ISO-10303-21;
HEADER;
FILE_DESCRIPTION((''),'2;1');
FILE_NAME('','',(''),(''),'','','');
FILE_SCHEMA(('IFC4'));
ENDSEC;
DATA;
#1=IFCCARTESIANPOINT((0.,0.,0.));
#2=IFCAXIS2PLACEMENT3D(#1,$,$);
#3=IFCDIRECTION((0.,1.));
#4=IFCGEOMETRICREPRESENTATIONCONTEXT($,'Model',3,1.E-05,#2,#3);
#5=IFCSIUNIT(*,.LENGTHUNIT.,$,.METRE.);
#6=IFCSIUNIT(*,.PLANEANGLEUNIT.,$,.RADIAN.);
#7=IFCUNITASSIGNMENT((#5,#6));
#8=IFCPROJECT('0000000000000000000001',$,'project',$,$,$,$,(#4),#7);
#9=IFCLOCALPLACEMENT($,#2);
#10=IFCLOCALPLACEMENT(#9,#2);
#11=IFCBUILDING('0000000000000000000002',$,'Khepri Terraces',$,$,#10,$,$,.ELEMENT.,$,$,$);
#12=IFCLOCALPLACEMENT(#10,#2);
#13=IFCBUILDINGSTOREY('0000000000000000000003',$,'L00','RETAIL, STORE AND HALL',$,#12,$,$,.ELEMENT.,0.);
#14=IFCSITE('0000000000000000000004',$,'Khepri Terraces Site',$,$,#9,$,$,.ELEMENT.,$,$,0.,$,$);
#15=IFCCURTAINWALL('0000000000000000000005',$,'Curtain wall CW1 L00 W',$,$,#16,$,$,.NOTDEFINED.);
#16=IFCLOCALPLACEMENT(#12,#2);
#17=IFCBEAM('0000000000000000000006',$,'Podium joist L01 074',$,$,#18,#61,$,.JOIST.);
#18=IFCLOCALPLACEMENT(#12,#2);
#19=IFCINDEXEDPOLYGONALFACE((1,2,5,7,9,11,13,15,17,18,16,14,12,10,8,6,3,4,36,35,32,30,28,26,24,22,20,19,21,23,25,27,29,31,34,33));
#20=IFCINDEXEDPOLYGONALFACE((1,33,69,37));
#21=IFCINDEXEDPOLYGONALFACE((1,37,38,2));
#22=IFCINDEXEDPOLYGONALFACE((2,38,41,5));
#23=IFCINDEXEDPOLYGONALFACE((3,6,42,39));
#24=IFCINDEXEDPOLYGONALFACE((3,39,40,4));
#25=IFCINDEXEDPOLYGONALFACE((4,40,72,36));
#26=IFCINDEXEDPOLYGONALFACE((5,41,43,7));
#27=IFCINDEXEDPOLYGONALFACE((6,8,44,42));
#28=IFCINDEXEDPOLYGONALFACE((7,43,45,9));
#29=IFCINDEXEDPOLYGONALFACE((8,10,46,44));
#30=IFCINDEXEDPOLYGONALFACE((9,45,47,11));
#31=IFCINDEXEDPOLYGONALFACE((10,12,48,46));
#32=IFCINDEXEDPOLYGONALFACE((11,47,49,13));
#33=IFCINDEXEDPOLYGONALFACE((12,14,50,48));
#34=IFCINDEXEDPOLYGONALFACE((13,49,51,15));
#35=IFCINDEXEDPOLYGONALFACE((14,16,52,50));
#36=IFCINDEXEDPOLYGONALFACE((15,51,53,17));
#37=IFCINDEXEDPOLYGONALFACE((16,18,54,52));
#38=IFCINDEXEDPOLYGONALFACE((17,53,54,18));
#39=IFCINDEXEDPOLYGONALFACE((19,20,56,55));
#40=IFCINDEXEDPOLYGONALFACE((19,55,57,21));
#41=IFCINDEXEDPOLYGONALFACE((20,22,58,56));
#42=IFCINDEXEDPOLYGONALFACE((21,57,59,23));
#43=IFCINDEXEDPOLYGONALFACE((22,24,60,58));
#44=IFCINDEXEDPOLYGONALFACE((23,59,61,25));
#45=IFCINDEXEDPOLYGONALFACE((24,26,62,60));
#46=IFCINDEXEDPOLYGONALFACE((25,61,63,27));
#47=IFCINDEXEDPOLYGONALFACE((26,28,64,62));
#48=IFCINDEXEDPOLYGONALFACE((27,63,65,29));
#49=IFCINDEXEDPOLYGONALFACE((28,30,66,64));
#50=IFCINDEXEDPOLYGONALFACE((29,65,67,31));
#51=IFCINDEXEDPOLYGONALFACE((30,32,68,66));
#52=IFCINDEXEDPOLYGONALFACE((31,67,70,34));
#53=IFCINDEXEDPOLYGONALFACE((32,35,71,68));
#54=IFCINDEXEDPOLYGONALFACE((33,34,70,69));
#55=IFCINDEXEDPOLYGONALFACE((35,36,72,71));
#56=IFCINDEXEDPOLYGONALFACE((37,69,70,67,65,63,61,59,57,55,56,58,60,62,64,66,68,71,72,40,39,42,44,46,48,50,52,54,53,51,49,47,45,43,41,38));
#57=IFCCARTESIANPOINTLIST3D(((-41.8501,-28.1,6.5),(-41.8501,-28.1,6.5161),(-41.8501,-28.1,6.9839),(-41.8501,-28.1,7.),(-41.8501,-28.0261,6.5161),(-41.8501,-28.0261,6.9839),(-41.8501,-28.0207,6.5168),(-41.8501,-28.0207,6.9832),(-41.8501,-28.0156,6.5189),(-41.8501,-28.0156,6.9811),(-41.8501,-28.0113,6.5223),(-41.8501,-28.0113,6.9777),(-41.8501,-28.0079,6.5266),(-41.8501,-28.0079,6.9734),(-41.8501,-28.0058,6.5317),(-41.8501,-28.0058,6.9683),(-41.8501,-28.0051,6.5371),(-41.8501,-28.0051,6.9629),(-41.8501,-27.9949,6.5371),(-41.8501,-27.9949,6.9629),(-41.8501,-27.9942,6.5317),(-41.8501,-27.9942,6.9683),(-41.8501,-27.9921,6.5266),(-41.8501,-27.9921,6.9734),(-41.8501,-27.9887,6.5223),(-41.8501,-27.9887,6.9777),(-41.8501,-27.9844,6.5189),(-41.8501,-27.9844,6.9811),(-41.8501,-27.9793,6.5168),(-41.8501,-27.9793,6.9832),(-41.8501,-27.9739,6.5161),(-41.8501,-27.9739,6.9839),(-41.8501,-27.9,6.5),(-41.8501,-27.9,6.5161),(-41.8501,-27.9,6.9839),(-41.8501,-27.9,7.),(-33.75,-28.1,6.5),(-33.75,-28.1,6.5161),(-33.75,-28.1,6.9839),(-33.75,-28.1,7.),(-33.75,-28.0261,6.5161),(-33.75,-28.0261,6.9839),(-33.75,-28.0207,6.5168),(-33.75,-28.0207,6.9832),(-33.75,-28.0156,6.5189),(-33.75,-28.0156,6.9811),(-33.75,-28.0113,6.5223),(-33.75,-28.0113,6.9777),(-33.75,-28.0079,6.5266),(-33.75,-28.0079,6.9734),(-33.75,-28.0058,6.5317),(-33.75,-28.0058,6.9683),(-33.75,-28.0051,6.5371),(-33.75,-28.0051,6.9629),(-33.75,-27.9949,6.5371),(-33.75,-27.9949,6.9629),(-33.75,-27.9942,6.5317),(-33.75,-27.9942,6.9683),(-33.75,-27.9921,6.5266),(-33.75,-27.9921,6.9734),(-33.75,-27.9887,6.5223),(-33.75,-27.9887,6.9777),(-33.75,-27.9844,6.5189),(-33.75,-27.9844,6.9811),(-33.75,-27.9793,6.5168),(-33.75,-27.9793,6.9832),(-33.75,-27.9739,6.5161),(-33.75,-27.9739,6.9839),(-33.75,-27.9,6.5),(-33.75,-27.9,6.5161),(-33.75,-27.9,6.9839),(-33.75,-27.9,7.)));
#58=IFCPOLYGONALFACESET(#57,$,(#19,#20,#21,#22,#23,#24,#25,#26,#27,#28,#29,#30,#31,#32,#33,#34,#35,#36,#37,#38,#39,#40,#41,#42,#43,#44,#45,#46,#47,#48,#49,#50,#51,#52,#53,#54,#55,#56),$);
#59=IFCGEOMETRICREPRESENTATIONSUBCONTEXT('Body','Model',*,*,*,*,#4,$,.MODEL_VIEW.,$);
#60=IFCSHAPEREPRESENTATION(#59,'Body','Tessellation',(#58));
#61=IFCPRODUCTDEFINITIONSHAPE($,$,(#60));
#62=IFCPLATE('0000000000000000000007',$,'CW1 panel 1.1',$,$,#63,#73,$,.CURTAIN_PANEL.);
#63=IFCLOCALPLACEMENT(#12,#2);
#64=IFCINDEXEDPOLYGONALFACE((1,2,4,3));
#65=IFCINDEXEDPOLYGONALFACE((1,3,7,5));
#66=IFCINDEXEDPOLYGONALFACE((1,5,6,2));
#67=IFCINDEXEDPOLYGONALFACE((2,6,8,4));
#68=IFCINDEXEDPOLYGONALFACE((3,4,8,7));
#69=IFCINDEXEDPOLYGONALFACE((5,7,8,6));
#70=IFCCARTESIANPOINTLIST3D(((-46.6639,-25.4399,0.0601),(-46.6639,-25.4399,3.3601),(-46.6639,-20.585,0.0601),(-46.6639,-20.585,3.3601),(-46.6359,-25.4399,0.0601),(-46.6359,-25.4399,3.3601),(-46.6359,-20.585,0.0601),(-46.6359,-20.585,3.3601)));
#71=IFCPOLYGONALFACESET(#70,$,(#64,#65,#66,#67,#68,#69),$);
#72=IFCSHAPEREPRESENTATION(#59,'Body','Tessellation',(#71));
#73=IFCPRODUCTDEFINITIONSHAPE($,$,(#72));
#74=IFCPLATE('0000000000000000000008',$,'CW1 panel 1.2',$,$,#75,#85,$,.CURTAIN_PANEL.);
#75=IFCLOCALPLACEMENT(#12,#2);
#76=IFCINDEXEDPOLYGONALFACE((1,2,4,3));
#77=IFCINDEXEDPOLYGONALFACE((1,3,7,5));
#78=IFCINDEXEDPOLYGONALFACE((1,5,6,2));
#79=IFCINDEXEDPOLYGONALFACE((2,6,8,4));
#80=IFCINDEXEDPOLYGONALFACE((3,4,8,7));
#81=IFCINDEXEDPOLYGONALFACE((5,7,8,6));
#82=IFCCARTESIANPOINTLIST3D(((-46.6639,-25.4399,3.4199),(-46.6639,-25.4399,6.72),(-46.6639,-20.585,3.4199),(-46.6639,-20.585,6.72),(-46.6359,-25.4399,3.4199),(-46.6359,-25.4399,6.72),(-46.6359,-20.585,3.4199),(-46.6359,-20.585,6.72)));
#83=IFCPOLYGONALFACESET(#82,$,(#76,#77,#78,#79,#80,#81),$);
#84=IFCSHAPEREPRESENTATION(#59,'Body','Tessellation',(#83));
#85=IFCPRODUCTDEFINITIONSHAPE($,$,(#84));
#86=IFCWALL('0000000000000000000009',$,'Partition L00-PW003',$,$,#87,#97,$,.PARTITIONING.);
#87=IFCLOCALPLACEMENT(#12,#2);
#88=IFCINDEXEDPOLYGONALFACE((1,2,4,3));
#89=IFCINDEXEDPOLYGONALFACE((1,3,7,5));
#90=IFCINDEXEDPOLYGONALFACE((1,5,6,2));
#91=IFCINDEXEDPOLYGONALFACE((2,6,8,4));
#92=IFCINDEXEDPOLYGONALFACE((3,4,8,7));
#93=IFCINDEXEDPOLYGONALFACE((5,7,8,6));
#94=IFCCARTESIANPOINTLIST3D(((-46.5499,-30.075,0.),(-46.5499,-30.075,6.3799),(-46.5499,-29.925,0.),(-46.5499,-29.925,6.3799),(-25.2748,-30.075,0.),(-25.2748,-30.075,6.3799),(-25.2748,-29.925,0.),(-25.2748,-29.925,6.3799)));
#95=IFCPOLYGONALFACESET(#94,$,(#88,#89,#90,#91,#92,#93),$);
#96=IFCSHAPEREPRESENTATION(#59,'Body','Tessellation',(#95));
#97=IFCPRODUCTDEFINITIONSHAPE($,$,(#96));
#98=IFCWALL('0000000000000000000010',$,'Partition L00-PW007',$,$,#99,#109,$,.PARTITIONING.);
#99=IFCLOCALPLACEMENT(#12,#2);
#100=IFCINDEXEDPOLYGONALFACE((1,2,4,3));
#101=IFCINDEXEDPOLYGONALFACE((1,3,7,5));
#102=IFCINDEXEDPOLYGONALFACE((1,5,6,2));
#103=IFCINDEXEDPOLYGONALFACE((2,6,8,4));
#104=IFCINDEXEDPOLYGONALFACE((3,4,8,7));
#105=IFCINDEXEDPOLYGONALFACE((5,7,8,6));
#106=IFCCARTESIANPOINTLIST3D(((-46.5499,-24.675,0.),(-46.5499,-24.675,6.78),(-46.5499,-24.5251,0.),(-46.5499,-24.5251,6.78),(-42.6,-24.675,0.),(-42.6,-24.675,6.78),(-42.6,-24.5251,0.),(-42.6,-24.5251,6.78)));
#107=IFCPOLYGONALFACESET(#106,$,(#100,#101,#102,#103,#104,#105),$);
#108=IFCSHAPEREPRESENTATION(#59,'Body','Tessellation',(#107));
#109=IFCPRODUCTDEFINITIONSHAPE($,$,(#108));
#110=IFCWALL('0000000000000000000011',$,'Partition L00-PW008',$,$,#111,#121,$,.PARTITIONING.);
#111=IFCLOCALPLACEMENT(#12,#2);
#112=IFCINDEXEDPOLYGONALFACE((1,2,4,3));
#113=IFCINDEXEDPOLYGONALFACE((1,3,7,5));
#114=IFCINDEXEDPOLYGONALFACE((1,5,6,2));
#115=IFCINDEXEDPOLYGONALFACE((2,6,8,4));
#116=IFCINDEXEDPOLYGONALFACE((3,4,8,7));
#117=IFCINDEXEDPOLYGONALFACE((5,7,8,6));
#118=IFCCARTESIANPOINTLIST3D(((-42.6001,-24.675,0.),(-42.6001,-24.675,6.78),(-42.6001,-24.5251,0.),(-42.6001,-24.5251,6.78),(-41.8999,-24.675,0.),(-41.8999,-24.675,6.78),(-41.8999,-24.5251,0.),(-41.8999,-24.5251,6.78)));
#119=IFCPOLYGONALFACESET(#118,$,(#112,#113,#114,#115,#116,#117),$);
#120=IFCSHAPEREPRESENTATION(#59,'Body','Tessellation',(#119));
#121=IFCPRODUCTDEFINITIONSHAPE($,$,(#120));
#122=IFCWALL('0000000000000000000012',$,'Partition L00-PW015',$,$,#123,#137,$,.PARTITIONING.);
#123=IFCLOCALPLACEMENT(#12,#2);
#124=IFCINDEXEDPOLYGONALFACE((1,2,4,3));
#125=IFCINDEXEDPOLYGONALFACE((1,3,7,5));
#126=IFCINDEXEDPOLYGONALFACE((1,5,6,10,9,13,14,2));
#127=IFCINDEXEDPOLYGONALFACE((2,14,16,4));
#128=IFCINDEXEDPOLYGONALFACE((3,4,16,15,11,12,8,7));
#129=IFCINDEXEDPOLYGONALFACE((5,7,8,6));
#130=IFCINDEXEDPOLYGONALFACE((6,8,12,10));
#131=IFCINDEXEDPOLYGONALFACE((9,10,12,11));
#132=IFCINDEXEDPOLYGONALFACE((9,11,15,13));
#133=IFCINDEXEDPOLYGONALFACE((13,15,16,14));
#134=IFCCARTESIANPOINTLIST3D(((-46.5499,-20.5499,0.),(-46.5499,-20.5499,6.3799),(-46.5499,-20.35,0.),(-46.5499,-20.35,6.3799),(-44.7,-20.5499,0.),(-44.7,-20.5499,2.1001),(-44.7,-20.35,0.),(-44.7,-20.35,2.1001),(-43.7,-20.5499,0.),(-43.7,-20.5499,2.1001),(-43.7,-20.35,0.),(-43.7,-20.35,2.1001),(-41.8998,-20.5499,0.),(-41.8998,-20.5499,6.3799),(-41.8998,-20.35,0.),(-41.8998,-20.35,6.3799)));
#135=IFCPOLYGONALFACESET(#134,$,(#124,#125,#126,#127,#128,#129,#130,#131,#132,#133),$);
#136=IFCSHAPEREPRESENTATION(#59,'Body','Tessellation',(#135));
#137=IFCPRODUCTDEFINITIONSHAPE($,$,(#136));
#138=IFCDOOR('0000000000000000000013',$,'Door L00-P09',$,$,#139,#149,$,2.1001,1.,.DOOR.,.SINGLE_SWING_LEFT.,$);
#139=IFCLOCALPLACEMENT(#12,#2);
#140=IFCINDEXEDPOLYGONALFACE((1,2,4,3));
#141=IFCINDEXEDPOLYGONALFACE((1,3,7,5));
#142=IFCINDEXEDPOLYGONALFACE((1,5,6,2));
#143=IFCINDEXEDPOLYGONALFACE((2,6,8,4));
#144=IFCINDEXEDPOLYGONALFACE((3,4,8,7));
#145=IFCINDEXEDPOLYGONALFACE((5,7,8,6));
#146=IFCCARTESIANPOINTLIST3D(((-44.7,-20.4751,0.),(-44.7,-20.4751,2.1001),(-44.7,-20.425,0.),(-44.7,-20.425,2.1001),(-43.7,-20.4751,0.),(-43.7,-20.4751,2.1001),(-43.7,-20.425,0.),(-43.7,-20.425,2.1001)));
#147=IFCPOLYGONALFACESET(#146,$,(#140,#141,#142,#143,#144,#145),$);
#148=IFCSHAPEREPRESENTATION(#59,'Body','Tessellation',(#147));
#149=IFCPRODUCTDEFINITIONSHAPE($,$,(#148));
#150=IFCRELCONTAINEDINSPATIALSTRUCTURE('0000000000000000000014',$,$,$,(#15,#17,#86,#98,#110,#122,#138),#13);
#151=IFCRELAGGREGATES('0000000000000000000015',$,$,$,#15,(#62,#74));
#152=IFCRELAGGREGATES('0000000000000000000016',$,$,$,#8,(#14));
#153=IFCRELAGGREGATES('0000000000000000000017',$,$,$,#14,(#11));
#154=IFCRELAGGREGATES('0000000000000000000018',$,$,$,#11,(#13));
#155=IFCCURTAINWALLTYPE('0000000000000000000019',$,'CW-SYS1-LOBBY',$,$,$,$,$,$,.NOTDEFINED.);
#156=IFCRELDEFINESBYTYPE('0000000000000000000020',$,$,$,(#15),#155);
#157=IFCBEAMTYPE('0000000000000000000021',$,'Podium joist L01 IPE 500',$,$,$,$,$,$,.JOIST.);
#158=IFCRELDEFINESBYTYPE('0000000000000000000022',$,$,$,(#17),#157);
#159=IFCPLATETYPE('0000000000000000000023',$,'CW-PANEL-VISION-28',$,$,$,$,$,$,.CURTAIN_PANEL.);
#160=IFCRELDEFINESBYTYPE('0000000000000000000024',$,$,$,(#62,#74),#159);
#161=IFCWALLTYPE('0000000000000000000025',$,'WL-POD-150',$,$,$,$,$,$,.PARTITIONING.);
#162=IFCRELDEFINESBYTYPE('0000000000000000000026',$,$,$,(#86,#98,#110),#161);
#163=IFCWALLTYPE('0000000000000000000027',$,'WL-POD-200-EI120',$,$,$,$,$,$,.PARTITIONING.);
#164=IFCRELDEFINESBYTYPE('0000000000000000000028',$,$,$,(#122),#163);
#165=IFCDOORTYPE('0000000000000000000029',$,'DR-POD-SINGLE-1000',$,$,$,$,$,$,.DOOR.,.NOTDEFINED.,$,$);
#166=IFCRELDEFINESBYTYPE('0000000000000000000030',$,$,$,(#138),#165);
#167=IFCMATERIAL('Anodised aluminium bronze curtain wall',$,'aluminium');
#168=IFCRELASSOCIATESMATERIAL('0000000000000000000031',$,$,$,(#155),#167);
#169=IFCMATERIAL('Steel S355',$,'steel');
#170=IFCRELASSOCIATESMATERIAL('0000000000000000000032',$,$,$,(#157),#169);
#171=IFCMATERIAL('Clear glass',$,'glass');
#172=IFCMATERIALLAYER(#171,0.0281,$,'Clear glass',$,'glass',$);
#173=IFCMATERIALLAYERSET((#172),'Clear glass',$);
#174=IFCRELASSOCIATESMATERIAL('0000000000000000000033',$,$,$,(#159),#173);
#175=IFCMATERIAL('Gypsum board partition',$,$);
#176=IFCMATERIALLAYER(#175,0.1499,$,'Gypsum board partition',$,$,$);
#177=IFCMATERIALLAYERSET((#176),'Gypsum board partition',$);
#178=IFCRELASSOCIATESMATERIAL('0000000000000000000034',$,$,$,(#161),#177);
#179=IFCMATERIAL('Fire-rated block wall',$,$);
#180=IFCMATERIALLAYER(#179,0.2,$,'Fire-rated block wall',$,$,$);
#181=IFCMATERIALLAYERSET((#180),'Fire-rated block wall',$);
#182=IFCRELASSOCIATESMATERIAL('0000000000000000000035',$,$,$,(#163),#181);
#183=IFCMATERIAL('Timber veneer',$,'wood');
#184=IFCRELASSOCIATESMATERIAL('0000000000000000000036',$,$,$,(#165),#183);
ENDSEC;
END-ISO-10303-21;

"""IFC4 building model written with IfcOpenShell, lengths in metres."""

from ifc_helpers import new_model, si_unit, direction, frame, frame_2d, origin, origin_2d, place, context, subcontext, project, spatial, rectangle, i_section, extrude, material, layer, layer_set, material_profile, profile_set, type_object, element, fill, aggregate, save


model = new_model("IFC4")

# Units and contexts
model_context = context("Model", 3, precision=1e-05, world=origin(), true_north=direction((0.0, 1.0)))
body_context = subcontext(model_context, "Body", "Model", "MODEL_VIEW")
ifc_project = project(units=[si_unit("LENGTHUNIT", "METRE"), si_unit("PLANEANGLEUNIT", "RADIAN")], contexts=[model_context])

# Site, building, storey
site_placement = place(None, origin())
site = spatial("IfcSite", under=ifc_project, at=site_placement, Name="Khepri Terraces Site", CompositionType="ELEMENT", RefElevation=0.0)
building_placement = place(site_placement, origin())
building = spatial("IfcBuilding", under=site, at=building_placement, Name="Khepri Terraces", CompositionType="ELEMENT")
storey_placement = place(building_placement, origin())
storey = spatial("IfcBuildingStorey", under=building, at=storey_placement, Name="L00", Description="RETAIL, STORE AND HALL", CompositionType="ELEMENT", Elevation=0.0)

# Curtain wall
ifc_material_1 = material(Name="Anodised aluminium bronze curtain wall", Category="aluminium")
curtain_wall_type = type_object("IfcCurtainWallType", Name="CW-SYS1-LOBBY", PredefinedType="NOTDEFINED", material=ifc_material_1)
curtain_wall_1_placement = place(storey_placement, origin())
curtain_wall_1 = element("IfcCurtainWall", 1, at=curtain_wall_1_placement, inside=storey, type_object=curtain_wall_type, Name="Curtain wall CW1 L00 W", PredefinedType="NOTDEFINED")

# Beam
ifc_material_2 = material(Name="Steel S355", Category="steel")
ifc_material_profile_1 = material_profile(ifc_material_2, i_section(OverallWidth=0.2, OverallDepth=0.5, WebThickness=0.0103, FlangeThickness=0.0161, FilletRadius=0.021, at=origin_2d()), Name="Steel S355", Category="steel")
ifc_profile_set_1 = profile_set([ifc_material_profile_1], Name="Steel S355")
beam_type_1 = type_object("IfcBeamType", Name="Podium joist L01 IPE 500", PredefinedType="JOIST", material=ifc_profile_set_1)
beam_1_placement = place(storey_placement, frame((-41.8501, -28.0, 6.75), z_axis=(1.0, 0.0, 0.0), x_axis=(0.0, 1.0, 0.0)))
element("IfcBeam", 2, at=beam_1_placement, inside=storey, type_object=beam_type_1, Name="Podium joist L01 074", PredefinedType="JOIST", context=body_context, shape_type="SweptSolid", body=[
    extrude(i_section(OverallWidth=0.2, OverallDepth=0.5, WebThickness=0.0103, FlangeThickness=0.0161, FilletRadius=0.021, at=origin_2d()), origin(), (0.0, 0.0, 1.0), 8.1001),
])

# Plates
ifc_material_3 = material(Name="Clear glass", Category="glass")
ifc_layer_1 = layer(ifc_material_3, 0.0281, Name="Clear glass", Category="glass")
ifc_layer_set_1 = layer_set([ifc_layer_1], Name="Clear glass")
plate_type = type_object("IfcPlateType", Name="CW-PANEL-VISION-28", PredefinedType="CURTAIN_PANEL", material=ifc_layer_set_1)
plate_1_placement = place(storey_placement, frame((-46.6499, -23.0125, 0.0601), z_axis=(0.0, 0.0, 1.0), x_axis=(0.0, -1.0, 0.0)))
plate_1 = element("IfcPlate", 3, at=plate_1_placement, type_object=plate_type, Name="CW1 panel 1.1", PredefinedType="CURTAIN_PANEL", context=body_context, shape_type="SweptSolid", body=[
    extrude(rectangle(XDim=4.855, YDim=0.0281, at=origin_2d()), origin(), (0.0, 0.0, 1.0), 3.3),
])
plate_2_placement = place(storey_placement, frame((-46.6499, -23.0125, 3.4199), z_axis=(0.0, 0.0, 1.0), x_axis=(0.0, -1.0, 0.0)))
plate_2 = element("IfcPlate", 4, at=plate_2_placement, type_object=plate_type, Name="CW1 panel 1.2", PredefinedType="CURTAIN_PANEL", context=body_context, shape_type="SweptSolid", body=[
    extrude(rectangle(XDim=4.855, YDim=0.0281, at=origin_2d()), origin(), (0.0, 0.0, 1.0), 3.3),
])
aggregate(curtain_wall_1, [plate_1, plate_2])

# Walls
ifc_material_4 = material(Name="Gypsum board partition")
ifc_layer_2 = layer(ifc_material_4, 0.1499, Name="Gypsum board partition")
ifc_layer_set_2 = layer_set([ifc_layer_2], Name="Gypsum board partition")
wall_type_1 = type_object("IfcWallType", Name="WL-POD-150", PredefinedType="PARTITIONING", material=ifc_layer_set_2)
wall_1_placement = place(storey_placement, frame((-46.55, -30.0, 0.0), z_axis=(0.0, 0.0, 1.0), x_axis=(1.0, 0.0, 0.0)))
element("IfcWall", 5, at=wall_1_placement, inside=storey, type_object=wall_type_1, Name="Partition L00-PW003", PredefinedType="PARTITIONING", context=body_context, shape_type="SweptSolid", body=[
    extrude(rectangle(XDim=21.2751, YDim=0.1499, at=frame_2d((10.6377, 0.0))), origin(), (0.0, 0.0, 1.0), 6.3799),
])
wall_2_placement = place(storey_placement, frame((-46.55, -24.6001, 0.0), z_axis=(0.0, 0.0, 1.0), x_axis=(1.0, 0.0, 0.0)))
element("IfcWall", 6, at=wall_2_placement, inside=storey, type_object=wall_type_1, Name="Partition L00-PW007", PredefinedType="PARTITIONING", context=body_context, shape_type="SweptSolid", body=[
    extrude(rectangle(XDim=3.95, YDim=0.1499, at=frame_2d((1.9751, 0.0))), origin(), (0.0, 0.0, 1.0), 6.78),
])
wall_3_placement = place(storey_placement, frame((-42.6001, -24.6001, 0.0), z_axis=(0.0, 0.0, 1.0), x_axis=(1.0, 0.0, 0.0)))
element("IfcWall", 7, at=wall_3_placement, inside=storey, type_object=wall_type_1, Name="Partition L00-PW008", PredefinedType="PARTITIONING", context=body_context, shape_type="SweptSolid", body=[
    extrude(rectangle(XDim=0.7002, YDim=0.1499, at=frame_2d((0.3501, 0.0))), origin(), (0.0, 0.0, 1.0), 6.78),
])

# Wall, opening, door
ifc_material_5 = material(Name="Fire-rated block wall")
ifc_layer_3 = layer(ifc_material_5, 0.2, Name="Fire-rated block wall")
ifc_layer_set_3 = layer_set([ifc_layer_3], Name="Fire-rated block wall")
wall_type_2 = type_object("IfcWallType", Name="WL-POD-200-EI120", PredefinedType="PARTITIONING", material=ifc_layer_set_3)
wall_4_placement = place(storey_placement, frame((-46.55, -20.45, 0.0), z_axis=(0.0, 0.0, 1.0), x_axis=(1.0, 0.0, 0.0)))
wall_4 = element("IfcWall", 8, at=wall_4_placement, inside=storey, type_object=wall_type_2, Name="Partition L00-PW015", PredefinedType="PARTITIONING", context=body_context, shape_type="SweptSolid", body=[
    extrude(rectangle(XDim=4.6501, YDim=0.2, at=frame_2d((2.3252, 0.0))), origin(), (0.0, 0.0, 1.0), 6.3799),
])
opening_1_placement = place(wall_4_placement, frame((1.8501, 0.0, 0.0)))
opening_1 = element("IfcOpeningElement", 9, at=opening_1_placement, cuts=wall_4, PredefinedType="OPENING", context=body_context, shape_type="SweptSolid", body=[
    extrude(rectangle(XDim=1.0, YDim=2.1001, at=frame_2d((0.5, 1.05))), frame((0.0, 0.1099, 0.0), z_axis=(0.0, -1.0, 0.0), x_axis=(1.0, 0.0, 0.0)), (0.0, 0.0, 1.0), 0.22),
])
ifc_material_6 = material(Name="Timber veneer", Category="wood")
door_type_1 = type_object("IfcDoorType", Name="DR-POD-SINGLE-1000", OperationType="NOTDEFINED", PredefinedType="DOOR", material=ifc_material_6)
door_1_placement = place(opening_1_placement, origin())
door_1 = element("IfcDoor", 10, at=door_1_placement, inside=storey, type_object=door_type_1, Name="Door L00-P09", OperationType="SINGLE_SWING_LEFT", OverallHeight=2.1001, OverallWidth=1.0, PredefinedType="DOOR", context=body_context, shape_type="SweptSolid", body=[
    extrude(rectangle(XDim=1.0, YDim=2.1001, at=frame_2d((0.5, 1.05))), frame((0.0, 0.0249, 0.0), z_axis=(0.0, -1.0, 0.0), x_axis=(1.0, 0.0, 0.0)), (0.0, 0.0, 1.0), 0.05),
])
fill(opening_1, door_1)

save(model, "model.ifc")
